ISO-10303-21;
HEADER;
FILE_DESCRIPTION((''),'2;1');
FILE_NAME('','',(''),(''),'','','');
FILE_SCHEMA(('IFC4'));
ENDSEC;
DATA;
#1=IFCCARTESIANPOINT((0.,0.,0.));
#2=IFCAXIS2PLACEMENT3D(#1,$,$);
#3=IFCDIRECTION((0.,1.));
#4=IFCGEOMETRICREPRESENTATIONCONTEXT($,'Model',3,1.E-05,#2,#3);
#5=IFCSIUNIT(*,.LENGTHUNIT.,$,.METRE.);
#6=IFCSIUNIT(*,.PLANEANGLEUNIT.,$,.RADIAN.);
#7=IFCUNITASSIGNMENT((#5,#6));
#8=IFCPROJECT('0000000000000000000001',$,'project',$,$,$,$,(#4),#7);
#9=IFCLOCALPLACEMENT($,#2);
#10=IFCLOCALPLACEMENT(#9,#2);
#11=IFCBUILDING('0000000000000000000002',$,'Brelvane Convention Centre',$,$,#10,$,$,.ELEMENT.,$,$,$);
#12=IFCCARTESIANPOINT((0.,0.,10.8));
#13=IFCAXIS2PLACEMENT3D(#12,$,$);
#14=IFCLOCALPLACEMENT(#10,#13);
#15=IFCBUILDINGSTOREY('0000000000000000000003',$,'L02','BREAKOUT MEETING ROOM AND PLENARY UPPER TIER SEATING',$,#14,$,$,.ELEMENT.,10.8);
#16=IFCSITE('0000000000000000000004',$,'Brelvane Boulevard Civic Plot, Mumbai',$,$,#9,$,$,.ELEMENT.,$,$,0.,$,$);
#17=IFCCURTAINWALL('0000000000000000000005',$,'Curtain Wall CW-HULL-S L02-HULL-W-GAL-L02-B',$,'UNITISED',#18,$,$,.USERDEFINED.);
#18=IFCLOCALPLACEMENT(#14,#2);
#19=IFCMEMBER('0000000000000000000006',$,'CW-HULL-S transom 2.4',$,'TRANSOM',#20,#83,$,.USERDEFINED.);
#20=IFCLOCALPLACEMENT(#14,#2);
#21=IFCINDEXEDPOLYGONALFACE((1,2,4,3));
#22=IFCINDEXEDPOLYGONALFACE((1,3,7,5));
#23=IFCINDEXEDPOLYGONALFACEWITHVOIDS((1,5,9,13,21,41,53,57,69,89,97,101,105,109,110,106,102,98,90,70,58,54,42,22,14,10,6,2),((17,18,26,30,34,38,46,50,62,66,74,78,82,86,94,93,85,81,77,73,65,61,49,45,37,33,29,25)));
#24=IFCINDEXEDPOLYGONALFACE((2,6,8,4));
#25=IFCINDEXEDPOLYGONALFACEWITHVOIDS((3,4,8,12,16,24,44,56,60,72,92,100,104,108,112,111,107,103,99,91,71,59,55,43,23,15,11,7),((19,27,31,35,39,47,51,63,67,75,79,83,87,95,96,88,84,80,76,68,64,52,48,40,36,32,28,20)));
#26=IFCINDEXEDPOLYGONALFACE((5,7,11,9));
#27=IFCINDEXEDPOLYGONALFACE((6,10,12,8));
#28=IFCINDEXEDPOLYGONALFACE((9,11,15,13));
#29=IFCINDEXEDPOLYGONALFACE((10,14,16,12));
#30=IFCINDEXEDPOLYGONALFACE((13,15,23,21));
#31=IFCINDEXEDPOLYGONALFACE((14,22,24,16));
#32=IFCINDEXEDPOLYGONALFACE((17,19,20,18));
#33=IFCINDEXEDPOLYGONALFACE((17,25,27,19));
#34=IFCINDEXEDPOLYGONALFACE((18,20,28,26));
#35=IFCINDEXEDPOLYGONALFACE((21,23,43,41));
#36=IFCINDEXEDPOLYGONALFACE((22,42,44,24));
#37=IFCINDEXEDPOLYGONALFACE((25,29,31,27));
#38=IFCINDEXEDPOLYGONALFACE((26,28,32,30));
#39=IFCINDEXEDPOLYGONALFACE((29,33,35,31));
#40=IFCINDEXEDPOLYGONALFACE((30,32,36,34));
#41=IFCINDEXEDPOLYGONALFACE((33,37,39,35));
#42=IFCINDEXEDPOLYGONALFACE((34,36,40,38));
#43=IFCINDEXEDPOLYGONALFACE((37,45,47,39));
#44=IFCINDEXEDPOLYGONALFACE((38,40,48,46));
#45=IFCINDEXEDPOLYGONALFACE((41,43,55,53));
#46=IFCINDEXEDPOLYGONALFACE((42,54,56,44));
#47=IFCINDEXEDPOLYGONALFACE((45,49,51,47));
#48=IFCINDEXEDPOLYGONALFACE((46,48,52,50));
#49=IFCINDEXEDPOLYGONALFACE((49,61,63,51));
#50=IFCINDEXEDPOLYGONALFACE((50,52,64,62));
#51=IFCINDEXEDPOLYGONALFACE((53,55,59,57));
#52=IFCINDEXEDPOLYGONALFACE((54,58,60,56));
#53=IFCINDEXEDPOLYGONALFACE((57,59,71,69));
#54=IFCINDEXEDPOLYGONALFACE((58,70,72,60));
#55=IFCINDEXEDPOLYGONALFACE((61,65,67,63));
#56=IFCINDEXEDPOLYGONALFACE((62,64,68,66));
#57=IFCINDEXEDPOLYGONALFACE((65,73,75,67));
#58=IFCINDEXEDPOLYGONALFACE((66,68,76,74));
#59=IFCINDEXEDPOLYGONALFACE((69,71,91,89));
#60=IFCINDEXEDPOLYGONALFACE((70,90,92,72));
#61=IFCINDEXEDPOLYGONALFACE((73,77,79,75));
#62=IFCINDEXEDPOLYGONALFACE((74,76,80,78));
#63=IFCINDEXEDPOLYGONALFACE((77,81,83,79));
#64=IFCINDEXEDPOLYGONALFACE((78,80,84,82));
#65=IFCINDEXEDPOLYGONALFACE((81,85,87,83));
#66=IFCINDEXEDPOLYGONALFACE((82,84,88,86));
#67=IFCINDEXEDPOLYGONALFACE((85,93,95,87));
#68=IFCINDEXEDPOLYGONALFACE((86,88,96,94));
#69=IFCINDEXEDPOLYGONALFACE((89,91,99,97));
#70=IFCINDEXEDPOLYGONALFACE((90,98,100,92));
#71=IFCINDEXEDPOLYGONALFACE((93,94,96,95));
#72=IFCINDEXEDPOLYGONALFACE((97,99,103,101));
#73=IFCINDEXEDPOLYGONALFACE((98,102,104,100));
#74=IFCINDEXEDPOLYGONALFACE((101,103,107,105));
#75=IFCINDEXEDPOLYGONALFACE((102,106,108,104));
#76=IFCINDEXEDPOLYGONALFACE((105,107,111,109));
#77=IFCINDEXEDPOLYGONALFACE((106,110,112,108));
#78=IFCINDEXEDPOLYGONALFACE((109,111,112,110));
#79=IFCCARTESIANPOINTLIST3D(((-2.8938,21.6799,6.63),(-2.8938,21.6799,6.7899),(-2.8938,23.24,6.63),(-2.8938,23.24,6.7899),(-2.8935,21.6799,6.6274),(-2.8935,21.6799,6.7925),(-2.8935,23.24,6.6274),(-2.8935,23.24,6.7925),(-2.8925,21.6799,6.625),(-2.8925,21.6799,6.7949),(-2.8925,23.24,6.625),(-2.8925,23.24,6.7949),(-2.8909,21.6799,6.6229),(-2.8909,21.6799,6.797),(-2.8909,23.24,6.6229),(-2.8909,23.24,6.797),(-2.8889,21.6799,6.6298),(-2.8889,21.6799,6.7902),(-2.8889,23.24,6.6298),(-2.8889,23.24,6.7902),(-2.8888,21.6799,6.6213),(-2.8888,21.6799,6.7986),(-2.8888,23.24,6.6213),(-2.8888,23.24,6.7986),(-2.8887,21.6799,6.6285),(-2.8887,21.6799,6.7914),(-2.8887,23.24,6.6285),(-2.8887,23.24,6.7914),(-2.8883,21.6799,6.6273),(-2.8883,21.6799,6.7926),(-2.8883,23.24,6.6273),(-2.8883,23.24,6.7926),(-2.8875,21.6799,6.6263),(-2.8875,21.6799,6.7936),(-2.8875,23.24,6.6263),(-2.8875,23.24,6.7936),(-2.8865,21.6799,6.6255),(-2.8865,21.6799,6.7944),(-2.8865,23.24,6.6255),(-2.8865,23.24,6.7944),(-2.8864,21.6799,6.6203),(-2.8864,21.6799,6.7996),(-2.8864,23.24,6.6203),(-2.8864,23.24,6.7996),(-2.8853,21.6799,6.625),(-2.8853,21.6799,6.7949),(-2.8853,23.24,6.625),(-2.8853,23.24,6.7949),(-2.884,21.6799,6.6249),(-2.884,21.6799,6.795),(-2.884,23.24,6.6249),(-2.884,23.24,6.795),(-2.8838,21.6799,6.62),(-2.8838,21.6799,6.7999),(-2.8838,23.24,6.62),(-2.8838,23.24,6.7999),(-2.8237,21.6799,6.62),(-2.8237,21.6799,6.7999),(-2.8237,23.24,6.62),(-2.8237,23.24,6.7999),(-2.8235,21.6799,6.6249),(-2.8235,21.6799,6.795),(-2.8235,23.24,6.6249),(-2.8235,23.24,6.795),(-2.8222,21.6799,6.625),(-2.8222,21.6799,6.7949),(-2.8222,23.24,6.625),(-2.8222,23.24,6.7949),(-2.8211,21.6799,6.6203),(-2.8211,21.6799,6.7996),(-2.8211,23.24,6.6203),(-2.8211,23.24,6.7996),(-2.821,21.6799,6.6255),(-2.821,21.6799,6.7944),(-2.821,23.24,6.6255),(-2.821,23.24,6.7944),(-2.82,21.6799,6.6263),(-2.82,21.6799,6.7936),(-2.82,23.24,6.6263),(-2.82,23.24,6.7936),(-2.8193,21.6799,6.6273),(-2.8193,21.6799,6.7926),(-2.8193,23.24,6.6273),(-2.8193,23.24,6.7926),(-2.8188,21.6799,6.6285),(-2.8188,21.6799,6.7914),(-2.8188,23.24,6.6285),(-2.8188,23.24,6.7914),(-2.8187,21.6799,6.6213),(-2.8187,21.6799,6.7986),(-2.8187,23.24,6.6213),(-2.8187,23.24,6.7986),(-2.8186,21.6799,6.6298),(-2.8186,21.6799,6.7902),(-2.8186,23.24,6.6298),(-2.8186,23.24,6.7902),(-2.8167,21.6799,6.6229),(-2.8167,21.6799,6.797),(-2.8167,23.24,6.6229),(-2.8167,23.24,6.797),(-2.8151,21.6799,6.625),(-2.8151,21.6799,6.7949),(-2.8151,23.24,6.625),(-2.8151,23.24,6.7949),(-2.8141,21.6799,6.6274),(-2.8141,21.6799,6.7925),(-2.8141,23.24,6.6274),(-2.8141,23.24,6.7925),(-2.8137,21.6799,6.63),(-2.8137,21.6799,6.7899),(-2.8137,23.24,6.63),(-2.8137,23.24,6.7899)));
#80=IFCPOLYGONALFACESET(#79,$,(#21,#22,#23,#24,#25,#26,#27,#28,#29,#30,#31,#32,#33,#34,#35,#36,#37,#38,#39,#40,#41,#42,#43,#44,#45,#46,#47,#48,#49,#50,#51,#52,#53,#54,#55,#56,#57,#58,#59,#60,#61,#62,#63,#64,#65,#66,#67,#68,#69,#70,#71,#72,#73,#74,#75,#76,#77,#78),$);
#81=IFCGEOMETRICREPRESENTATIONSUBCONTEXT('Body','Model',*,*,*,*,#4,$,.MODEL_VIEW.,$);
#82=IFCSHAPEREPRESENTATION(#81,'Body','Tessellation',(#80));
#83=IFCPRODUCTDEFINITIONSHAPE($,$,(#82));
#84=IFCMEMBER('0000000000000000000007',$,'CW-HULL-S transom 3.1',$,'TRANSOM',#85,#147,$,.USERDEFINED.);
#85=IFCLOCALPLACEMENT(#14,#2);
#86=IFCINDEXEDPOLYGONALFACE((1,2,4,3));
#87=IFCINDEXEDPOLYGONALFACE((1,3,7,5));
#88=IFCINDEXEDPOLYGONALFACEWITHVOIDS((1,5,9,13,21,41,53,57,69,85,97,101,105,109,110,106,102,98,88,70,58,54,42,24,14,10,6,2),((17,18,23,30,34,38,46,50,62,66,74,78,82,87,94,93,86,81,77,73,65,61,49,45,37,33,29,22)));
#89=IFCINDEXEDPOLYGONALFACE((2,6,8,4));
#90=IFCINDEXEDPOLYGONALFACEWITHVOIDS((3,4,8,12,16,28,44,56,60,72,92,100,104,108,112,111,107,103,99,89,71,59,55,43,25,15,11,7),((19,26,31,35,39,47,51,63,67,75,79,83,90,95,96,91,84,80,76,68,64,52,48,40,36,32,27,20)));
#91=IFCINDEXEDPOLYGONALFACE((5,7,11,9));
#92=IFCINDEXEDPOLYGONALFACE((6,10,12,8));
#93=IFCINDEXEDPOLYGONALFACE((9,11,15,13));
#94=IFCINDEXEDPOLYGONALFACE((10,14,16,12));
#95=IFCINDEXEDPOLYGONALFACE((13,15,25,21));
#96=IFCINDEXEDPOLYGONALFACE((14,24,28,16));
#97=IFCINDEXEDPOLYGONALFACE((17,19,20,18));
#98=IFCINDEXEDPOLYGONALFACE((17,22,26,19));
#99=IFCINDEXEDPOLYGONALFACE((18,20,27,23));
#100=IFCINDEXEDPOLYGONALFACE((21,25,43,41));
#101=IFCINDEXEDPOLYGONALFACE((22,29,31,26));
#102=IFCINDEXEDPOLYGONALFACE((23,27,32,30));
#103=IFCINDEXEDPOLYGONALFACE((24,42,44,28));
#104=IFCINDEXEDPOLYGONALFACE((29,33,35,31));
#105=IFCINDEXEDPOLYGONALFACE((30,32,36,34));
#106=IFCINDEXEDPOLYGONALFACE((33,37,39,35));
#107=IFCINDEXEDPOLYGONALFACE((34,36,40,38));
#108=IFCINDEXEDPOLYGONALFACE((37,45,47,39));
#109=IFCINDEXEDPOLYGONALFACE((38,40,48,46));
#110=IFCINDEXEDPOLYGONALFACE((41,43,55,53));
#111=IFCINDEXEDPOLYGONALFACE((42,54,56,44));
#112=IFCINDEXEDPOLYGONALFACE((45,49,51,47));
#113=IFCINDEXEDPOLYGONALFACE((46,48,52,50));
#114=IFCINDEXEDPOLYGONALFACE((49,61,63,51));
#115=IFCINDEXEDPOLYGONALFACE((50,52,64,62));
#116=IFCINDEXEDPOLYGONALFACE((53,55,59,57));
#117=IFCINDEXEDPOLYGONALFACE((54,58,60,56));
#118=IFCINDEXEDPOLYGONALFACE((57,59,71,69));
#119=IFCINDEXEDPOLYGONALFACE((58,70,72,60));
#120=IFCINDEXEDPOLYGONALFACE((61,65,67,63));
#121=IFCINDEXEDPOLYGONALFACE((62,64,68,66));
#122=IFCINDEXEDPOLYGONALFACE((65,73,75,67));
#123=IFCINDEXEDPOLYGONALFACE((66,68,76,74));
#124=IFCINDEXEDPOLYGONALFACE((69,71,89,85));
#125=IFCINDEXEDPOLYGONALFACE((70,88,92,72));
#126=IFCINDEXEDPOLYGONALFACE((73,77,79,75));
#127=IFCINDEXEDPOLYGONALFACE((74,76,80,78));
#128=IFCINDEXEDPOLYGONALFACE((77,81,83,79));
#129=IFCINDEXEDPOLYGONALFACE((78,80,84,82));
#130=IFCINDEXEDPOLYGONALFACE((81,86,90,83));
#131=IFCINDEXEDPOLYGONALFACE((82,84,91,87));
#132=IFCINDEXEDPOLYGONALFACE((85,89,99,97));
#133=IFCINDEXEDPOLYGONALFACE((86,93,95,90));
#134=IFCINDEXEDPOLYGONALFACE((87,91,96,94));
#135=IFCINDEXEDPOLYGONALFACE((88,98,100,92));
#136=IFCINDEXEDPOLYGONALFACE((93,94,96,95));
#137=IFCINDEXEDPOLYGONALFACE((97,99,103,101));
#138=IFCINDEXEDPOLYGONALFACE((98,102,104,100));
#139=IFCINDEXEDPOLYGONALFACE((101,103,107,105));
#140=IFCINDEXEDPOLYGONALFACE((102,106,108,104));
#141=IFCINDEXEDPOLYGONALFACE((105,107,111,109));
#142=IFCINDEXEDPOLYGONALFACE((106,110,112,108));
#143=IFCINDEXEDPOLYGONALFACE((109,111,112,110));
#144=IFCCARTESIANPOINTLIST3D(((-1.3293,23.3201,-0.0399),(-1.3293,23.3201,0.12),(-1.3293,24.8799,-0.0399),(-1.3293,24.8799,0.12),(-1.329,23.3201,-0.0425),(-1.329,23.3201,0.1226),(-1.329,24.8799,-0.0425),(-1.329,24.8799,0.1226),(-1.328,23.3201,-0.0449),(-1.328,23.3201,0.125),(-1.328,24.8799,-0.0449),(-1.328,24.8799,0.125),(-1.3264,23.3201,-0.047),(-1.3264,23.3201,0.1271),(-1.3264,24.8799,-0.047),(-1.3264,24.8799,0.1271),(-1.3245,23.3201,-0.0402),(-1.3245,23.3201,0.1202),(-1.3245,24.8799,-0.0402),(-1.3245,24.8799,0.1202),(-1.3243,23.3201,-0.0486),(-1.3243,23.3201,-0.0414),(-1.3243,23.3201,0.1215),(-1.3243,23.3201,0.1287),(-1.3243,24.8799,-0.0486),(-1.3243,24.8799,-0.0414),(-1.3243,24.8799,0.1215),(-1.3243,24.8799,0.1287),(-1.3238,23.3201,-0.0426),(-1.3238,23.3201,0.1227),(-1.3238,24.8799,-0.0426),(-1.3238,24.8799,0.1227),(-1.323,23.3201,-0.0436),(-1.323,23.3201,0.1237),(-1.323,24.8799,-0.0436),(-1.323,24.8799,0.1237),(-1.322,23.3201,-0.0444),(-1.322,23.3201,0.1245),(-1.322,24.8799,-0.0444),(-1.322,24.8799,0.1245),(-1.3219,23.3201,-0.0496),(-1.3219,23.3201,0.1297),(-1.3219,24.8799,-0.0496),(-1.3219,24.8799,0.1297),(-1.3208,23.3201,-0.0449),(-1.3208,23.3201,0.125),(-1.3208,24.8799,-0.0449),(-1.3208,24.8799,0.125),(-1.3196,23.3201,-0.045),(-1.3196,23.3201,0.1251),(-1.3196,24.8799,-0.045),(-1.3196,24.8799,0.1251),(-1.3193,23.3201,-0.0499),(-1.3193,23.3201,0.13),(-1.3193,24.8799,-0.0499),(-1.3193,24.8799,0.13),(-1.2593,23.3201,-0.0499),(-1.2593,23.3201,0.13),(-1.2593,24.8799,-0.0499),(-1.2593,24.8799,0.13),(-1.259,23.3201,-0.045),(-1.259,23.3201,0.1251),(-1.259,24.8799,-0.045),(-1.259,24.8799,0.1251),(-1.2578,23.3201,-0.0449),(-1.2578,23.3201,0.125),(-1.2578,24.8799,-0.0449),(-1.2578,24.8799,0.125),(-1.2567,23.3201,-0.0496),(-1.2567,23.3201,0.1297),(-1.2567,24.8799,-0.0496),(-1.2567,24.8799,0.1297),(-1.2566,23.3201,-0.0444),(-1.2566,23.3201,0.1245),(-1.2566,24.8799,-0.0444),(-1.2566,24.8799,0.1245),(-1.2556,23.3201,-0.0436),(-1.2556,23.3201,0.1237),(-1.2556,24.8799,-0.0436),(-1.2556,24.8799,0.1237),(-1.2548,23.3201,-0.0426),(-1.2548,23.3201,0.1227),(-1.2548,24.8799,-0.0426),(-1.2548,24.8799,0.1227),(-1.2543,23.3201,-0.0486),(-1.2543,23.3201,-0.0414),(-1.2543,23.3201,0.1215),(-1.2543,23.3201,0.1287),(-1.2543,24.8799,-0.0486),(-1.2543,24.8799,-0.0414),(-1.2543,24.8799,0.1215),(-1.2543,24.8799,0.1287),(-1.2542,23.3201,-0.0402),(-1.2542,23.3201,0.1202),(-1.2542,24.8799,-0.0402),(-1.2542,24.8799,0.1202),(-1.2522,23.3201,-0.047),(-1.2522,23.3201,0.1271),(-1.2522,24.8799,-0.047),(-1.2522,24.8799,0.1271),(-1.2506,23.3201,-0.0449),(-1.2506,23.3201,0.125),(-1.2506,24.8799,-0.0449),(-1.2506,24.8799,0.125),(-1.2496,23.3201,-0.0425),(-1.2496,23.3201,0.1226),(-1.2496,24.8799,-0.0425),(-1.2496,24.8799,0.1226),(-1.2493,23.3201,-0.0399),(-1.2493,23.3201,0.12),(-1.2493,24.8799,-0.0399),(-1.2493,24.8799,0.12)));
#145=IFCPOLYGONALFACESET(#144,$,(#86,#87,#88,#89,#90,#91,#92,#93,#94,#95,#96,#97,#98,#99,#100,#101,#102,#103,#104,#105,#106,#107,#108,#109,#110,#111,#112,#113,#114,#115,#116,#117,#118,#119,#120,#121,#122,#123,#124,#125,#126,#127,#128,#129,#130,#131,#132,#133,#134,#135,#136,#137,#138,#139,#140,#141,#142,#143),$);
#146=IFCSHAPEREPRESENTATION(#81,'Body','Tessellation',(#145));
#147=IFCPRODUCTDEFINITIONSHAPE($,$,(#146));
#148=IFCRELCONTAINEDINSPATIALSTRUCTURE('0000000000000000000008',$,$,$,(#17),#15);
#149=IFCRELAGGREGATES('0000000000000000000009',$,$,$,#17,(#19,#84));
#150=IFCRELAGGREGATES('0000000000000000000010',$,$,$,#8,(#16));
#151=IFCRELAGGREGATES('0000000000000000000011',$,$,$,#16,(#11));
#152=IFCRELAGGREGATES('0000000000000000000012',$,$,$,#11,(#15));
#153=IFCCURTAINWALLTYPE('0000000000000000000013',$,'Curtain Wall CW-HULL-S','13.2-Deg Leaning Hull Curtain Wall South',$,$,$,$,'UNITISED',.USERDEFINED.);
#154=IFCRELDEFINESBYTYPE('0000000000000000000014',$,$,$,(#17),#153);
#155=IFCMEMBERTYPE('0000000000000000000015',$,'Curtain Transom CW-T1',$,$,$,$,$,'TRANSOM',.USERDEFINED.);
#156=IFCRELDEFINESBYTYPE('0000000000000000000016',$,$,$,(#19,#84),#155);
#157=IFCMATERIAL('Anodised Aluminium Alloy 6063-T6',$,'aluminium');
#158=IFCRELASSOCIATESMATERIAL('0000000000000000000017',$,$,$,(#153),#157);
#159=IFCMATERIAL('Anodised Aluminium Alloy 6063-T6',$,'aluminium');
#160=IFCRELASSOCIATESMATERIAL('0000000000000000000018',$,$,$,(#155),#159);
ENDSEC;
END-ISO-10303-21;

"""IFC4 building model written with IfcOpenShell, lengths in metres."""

from ifc_helpers import new_model, si_unit, direction, frame, origin, origin_2d, place, context, subcontext, project, spatial, hollow_rectangle, extrude, material, material_profile, profile_set, type_object, element, aggregate, save


model = new_model("IFC4")

# Units and contexts
model_context = context("Model", 3, precision=1e-05, world=origin(), true_north=direction((0.0, 1.0)))
body_context = subcontext(model_context, "Body", "Model", "MODEL_VIEW")
ifc_project = project(units=[si_unit("LENGTHUNIT", "METRE"), si_unit("PLANEANGLEUNIT", "RADIAN")], contexts=[model_context])

# Site, building, storey
site_placement = place(None, origin())
site = spatial("IfcSite", under=ifc_project, at=site_placement, Name="Brelvane Boulevard Civic Plot, Mumbai", CompositionType="ELEMENT", RefElevation=0.0)
building_placement = place(site_placement, origin())
building = spatial("IfcBuilding", under=site, at=building_placement, Name="Brelvane Convention Centre", CompositionType="ELEMENT")
storey_placement = place(building_placement, frame((0.0, 0.0, 10.8)))
storey = spatial("IfcBuildingStorey", under=building, at=storey_placement, Name="L02", Description="BREAKOUT MEETING ROOM AND PLENARY UPPER TIER SEATING", CompositionType="ELEMENT", Elevation=10.8)

# Curtain wall, members
ifc_material_1 = material(Name="Anodised Aluminium Alloy 6063-T6", Category="aluminium")
curtain_wall_type = type_object("IfcCurtainWallType", Name="Curtain Wall CW-HULL-S", Description="13.2-Deg Leaning Hull Curtain Wall South", ElementType="UNITISED", PredefinedType="USERDEFINED", material=ifc_material_1)
curtain_wall_placement = place(storey_placement, origin())
curtain_wall = element("IfcCurtainWall", 1, at=curtain_wall_placement, inside=storey, type_object=curtain_wall_type, Name="Curtain Wall CW-HULL-S L02-HULL-W-GAL-L02-B", ObjectType="UNITISED", PredefinedType="USERDEFINED")
ifc_material_2 = material(Name="Anodised Aluminium Alloy 6063-T6", Category="aluminium")
ifc_material_profile = material_profile(ifc_material_2, hollow_rectangle(XDim=0.0801, YDim=0.1799, WallThickness=0.0049, InnerFilletRadius=0.0049, OuterFilletRadius=0.01, at=origin_2d()), Name="ALU-T 180x80x5.0")
ifc_profile_set = profile_set([ifc_material_profile], Name="Anodised Aluminium Alloy 6063-T6")
member_type = type_object("IfcMemberType", Name="Curtain Transom CW-T1", ElementType="TRANSOM", PredefinedType="USERDEFINED", material=ifc_profile_set)
member_1_placement = place(storey_placement, frame((-2.8538, 21.6799, 6.71), z_axis=(0.0, 1.0, 0.0), x_axis=(-1.0, 0.0, 0.0)))
member_1 = element("IfcMember", 2, at=member_1_placement, type_object=member_type, Name="CW-HULL-S transom 2.4", ObjectType="TRANSOM", PredefinedType="USERDEFINED", context=body_context, shape_type="SweptSolid", body=[
    extrude(hollow_rectangle(XDim=0.0801, YDim=0.1799, WallThickness=0.0049, InnerFilletRadius=0.0049, OuterFilletRadius=0.01, at=origin_2d()), origin(), (0.0, 0.0, 1.0), 1.5601),
])
member_2_placement = place(storey_placement, frame((-1.2893, 23.3201, 0.04), z_axis=(0.0, 1.0, 0.0), x_axis=(-1.0, 0.0, 0.0)))
member_2 = element("IfcMember", 3, at=member_2_placement, type_object=member_type, Name="CW-HULL-S transom 3.1", ObjectType="TRANSOM", PredefinedType="USERDEFINED", context=body_context, shape_type="SweptSolid", body=[
    extrude(hollow_rectangle(XDim=0.0801, YDim=0.1799, WallThickness=0.0049, InnerFilletRadius=0.0049, OuterFilletRadius=0.01, at=origin_2d()), origin(), (0.0, 0.0, 1.0), 1.5598),
])
aggregate(curtain_wall, [member_1, member_2])

save(model, "model.ifc")
